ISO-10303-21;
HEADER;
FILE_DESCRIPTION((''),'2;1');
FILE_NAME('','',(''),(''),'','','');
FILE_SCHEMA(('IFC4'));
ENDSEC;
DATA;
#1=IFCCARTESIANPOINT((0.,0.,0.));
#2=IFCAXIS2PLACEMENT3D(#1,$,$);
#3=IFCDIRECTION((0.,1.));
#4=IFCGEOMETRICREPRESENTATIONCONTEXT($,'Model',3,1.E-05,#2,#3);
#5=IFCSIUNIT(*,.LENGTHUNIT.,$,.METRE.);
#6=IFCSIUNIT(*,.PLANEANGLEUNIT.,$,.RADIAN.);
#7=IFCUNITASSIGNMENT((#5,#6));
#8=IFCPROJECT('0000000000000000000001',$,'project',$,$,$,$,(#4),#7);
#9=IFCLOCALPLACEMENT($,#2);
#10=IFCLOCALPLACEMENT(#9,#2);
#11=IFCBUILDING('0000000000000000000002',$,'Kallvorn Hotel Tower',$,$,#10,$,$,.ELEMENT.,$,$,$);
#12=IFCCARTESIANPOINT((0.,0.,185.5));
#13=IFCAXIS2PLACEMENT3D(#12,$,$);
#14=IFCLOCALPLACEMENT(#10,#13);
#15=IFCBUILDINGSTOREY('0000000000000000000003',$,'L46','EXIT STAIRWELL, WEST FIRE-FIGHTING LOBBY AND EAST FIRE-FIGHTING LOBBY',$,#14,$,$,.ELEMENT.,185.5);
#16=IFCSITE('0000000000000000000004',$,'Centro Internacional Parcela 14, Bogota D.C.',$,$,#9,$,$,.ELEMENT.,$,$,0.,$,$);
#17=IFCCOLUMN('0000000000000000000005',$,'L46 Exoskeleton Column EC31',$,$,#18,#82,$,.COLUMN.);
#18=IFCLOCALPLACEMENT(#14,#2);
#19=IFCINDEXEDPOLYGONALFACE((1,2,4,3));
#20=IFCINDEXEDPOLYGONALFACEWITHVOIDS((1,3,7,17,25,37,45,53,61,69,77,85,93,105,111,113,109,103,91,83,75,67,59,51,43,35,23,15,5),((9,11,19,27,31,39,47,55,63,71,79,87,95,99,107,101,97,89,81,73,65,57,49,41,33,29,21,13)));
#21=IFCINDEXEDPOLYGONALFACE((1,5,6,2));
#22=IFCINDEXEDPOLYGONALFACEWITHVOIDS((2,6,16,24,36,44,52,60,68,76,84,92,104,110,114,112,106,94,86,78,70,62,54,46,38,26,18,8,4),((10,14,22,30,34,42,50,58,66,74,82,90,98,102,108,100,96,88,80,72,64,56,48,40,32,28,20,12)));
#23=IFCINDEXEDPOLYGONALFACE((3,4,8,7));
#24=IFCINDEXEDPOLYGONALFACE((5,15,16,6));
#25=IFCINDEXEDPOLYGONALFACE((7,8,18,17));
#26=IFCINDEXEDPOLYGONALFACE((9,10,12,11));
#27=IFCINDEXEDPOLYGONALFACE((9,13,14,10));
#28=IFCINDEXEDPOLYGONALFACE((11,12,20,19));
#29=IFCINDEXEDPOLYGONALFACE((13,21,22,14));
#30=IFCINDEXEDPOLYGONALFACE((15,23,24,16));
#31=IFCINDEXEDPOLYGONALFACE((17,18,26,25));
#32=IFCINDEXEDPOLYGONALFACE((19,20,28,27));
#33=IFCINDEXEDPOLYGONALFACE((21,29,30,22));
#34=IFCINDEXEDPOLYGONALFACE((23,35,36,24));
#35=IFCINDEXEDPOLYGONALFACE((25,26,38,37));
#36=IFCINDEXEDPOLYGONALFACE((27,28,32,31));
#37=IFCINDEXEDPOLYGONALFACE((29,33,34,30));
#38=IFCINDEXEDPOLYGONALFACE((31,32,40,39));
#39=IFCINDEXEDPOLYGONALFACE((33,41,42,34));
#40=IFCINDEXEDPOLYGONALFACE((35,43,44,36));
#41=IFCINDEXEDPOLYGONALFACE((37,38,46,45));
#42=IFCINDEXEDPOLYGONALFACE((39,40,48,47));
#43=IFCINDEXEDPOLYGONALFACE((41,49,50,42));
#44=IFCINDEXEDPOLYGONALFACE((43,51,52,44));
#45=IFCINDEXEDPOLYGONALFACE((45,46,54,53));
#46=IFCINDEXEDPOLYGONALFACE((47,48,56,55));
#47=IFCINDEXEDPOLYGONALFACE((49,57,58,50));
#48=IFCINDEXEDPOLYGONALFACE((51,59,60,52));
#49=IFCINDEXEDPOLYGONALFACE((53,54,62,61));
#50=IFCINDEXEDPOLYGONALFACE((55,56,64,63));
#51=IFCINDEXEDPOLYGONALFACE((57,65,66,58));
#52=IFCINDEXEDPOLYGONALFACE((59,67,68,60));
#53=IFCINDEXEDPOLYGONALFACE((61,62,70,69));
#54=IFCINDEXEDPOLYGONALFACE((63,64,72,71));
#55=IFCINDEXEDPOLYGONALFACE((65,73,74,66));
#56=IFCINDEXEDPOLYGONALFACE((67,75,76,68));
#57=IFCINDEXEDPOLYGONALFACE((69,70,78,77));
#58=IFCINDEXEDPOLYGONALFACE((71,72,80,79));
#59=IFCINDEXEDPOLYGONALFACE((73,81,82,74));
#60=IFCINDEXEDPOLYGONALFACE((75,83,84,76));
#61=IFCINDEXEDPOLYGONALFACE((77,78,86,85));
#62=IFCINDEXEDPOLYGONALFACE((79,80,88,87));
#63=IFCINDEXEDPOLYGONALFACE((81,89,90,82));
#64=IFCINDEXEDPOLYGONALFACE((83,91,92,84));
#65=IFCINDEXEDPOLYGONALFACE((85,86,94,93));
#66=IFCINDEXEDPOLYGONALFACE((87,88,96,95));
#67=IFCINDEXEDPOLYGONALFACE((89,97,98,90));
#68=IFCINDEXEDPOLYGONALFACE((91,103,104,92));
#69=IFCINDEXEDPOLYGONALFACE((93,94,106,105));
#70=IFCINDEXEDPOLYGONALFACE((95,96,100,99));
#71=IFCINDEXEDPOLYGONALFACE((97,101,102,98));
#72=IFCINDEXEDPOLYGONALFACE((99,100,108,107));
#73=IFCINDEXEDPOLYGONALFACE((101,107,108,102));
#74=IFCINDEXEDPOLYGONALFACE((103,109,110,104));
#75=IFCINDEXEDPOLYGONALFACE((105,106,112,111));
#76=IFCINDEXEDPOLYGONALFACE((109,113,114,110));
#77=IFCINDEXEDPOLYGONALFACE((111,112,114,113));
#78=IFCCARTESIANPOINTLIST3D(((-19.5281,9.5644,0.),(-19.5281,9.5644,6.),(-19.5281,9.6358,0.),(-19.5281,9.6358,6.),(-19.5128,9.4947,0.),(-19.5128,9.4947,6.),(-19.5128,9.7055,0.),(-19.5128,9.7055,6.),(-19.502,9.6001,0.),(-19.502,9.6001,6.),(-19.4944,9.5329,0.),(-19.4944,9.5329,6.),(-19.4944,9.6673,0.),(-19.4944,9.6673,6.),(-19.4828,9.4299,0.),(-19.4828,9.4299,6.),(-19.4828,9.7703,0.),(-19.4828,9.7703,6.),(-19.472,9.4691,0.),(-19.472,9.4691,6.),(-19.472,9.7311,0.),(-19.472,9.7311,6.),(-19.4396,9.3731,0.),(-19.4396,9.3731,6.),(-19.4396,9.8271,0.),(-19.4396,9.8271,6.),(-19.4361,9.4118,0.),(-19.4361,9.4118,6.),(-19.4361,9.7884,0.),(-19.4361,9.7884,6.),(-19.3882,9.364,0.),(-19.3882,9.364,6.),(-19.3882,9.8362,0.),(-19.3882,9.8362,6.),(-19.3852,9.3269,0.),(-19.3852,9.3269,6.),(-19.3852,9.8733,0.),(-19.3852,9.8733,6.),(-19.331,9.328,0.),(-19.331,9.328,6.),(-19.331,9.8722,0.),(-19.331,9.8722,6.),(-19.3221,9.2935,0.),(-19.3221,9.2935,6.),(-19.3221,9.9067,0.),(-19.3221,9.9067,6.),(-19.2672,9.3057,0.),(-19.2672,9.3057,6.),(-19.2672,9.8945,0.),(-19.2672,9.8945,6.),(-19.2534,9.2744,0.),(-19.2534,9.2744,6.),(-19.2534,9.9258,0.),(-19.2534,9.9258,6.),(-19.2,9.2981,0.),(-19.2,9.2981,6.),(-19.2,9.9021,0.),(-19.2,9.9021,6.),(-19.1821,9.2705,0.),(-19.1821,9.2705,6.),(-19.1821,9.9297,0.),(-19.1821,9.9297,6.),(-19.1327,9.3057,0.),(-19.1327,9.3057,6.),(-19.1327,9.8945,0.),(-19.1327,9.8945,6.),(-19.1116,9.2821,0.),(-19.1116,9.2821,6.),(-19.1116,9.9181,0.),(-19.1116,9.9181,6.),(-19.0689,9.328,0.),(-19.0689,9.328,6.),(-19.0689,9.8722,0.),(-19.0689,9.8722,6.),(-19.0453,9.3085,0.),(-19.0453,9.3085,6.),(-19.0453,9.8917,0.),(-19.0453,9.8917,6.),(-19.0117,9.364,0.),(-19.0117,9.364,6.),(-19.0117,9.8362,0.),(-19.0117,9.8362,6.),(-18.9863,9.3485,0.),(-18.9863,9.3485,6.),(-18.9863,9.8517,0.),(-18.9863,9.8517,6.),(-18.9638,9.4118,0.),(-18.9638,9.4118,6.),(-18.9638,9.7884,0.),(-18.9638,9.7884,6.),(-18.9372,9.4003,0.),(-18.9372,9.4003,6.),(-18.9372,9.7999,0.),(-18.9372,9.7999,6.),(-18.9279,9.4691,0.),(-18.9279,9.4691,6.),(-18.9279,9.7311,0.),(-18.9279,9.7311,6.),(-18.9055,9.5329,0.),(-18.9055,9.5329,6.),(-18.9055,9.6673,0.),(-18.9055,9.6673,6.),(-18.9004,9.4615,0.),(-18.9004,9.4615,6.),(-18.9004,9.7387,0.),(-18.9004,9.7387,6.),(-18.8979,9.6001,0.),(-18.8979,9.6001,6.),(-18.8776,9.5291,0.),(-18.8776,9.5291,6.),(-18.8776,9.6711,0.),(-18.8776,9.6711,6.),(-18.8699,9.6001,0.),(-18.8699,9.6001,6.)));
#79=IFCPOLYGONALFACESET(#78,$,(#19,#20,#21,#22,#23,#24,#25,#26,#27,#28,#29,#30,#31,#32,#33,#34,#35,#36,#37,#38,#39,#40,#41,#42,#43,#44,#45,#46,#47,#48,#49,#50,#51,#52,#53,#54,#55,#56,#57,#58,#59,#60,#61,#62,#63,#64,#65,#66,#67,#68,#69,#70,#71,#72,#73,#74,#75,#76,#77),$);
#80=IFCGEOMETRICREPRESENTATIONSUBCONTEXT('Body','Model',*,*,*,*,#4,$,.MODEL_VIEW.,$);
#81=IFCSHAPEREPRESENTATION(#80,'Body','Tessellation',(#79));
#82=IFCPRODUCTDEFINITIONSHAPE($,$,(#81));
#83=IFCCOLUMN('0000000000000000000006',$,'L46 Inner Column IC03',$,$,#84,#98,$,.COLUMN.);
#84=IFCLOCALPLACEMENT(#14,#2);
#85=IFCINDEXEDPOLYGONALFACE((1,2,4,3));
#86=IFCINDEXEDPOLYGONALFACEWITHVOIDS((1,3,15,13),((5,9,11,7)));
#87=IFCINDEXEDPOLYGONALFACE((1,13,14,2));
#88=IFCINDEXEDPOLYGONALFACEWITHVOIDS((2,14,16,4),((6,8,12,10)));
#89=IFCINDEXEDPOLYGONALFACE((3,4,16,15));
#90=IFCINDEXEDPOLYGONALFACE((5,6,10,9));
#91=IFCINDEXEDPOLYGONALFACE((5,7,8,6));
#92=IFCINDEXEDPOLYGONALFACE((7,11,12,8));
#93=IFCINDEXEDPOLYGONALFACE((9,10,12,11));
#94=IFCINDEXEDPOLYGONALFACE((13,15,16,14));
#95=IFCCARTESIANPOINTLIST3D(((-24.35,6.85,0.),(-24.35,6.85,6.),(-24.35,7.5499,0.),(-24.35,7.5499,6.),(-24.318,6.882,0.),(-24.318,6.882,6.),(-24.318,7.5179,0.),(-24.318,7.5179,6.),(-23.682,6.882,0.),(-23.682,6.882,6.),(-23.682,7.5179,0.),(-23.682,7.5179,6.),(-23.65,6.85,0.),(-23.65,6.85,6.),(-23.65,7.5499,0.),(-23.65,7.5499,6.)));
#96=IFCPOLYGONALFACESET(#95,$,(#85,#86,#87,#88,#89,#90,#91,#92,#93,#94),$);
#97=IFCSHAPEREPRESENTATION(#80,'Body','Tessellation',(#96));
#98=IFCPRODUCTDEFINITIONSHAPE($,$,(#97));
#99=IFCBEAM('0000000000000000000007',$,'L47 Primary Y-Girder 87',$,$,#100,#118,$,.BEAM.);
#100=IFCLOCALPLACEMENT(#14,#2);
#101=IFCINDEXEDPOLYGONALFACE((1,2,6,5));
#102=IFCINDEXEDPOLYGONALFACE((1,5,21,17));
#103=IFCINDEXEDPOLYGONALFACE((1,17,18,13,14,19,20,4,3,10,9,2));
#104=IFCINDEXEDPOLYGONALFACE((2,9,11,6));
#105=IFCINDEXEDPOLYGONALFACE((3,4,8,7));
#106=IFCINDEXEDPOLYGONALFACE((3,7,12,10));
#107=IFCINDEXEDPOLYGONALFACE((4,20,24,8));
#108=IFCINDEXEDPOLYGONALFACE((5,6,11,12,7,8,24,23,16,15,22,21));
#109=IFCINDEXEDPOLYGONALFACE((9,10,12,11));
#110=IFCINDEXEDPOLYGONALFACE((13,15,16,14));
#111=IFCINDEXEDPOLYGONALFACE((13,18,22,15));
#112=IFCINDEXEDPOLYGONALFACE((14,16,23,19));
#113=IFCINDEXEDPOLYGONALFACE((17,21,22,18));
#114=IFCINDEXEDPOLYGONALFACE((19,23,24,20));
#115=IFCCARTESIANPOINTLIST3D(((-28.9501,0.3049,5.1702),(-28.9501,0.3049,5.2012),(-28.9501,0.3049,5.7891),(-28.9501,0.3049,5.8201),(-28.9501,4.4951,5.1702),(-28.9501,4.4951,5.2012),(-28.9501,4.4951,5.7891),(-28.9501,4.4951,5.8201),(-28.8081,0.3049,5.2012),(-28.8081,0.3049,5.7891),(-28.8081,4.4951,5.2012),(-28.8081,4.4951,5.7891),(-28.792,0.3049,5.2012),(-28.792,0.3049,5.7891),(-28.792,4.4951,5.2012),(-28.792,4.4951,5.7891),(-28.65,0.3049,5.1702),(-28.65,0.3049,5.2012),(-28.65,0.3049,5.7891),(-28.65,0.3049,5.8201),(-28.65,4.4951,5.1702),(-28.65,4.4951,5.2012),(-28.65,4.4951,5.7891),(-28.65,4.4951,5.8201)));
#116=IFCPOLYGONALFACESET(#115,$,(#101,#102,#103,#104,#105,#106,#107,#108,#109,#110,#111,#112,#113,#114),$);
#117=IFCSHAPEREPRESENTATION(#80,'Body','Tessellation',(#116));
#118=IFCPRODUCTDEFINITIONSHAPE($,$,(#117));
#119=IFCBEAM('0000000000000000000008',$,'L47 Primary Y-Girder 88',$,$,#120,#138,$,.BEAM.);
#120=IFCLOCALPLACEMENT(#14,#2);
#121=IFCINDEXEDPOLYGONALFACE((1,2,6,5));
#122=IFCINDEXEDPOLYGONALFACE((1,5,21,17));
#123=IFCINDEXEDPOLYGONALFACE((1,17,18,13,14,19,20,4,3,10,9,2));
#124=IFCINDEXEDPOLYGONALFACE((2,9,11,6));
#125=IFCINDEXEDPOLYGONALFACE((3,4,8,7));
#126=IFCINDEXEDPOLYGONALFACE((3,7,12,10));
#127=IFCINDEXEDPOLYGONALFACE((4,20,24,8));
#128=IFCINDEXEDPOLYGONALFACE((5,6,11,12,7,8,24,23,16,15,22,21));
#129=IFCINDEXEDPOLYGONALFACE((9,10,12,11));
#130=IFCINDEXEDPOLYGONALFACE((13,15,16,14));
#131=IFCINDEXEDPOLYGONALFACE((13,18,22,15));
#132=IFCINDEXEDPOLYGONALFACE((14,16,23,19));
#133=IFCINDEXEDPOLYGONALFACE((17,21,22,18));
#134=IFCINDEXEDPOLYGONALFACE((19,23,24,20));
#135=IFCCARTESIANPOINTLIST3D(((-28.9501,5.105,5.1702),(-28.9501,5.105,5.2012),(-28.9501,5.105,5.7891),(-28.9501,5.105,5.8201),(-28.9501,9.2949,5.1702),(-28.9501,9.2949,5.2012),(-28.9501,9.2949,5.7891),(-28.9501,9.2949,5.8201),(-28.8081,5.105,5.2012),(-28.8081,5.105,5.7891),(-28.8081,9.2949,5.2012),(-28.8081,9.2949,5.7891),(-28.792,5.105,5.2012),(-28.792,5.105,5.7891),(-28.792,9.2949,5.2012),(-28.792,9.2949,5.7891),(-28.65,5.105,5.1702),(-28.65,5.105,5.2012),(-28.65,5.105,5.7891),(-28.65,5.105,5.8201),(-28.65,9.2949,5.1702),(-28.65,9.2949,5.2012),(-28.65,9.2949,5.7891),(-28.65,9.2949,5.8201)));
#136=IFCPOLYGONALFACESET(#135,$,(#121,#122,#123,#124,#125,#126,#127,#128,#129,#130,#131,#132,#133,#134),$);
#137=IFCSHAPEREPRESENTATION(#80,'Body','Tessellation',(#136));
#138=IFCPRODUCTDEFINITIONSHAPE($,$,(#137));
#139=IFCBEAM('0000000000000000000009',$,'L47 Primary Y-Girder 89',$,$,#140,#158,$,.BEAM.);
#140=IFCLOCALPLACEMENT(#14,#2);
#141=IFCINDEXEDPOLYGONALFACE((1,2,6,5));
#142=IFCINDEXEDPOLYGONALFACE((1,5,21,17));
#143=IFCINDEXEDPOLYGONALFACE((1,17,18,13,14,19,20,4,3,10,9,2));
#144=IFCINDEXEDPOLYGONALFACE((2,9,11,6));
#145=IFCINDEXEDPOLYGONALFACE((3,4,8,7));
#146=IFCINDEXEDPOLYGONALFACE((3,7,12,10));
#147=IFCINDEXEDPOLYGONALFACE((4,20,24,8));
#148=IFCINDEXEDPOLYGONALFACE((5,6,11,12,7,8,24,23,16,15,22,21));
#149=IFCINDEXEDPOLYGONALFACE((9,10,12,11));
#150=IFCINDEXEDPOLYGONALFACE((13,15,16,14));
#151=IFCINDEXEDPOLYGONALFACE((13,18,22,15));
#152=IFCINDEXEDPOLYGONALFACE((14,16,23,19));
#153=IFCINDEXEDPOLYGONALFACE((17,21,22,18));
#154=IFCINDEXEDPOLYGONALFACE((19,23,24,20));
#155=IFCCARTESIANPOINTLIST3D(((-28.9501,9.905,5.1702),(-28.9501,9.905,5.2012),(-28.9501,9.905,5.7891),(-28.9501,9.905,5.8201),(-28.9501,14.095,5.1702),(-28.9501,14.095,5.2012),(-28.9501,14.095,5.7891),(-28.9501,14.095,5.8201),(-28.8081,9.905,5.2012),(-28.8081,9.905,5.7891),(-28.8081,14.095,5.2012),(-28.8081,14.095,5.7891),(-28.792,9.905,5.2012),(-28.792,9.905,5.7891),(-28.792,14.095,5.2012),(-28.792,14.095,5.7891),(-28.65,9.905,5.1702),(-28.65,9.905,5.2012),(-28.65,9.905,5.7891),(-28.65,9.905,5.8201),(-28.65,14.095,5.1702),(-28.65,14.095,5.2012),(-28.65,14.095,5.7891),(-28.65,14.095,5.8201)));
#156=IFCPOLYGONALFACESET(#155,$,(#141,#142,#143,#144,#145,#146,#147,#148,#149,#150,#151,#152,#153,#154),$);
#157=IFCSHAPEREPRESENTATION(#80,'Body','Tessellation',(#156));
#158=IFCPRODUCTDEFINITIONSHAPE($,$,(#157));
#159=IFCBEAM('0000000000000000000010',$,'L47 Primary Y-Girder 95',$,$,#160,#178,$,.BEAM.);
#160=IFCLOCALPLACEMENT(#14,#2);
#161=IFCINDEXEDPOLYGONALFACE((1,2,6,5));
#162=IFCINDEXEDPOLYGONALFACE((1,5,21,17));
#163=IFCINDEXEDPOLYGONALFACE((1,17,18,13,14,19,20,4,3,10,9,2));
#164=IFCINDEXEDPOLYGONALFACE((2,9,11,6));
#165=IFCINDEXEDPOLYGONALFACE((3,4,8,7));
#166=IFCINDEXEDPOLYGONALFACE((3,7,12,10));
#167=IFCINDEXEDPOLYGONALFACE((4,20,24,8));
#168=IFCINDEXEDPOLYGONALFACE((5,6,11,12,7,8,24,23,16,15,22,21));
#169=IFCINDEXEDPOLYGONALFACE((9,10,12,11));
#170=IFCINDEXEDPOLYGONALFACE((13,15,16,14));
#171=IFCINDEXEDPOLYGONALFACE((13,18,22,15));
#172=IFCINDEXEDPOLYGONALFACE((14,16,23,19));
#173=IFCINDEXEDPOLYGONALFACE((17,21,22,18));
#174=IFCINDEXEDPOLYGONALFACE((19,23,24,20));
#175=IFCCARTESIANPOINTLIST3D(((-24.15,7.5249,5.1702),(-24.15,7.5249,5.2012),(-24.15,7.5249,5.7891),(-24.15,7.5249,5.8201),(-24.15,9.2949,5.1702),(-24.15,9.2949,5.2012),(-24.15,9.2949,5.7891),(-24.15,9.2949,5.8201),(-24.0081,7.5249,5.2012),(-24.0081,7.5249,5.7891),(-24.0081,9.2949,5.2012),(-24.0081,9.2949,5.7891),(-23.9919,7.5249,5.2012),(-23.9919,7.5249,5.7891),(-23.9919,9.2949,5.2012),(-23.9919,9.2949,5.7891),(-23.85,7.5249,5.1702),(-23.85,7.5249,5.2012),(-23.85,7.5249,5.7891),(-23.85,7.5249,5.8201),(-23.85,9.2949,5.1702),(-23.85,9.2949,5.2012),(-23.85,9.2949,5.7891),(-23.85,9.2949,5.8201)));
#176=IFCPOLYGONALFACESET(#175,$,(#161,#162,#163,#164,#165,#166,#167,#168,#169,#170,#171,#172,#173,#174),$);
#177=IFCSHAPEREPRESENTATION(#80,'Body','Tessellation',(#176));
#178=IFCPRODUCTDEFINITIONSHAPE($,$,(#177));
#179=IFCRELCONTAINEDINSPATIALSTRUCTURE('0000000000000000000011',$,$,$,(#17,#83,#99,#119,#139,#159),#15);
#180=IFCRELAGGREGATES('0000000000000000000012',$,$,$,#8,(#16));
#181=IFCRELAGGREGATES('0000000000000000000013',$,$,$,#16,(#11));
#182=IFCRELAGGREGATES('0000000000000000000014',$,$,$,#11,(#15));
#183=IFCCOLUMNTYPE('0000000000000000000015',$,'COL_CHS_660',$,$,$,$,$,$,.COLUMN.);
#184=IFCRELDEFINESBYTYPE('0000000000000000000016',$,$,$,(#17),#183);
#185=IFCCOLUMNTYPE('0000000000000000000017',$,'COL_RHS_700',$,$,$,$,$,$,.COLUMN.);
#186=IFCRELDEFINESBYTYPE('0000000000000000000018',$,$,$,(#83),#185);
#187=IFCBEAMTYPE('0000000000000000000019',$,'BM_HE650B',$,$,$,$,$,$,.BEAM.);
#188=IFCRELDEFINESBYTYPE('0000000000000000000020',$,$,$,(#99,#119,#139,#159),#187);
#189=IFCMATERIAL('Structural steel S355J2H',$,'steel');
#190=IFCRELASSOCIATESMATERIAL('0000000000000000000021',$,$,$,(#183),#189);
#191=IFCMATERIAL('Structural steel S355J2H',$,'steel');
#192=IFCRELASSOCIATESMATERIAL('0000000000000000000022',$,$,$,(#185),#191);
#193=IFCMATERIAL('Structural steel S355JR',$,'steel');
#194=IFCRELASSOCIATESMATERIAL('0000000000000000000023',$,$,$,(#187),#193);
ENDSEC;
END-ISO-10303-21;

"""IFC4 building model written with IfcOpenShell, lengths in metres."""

from ifc_helpers import new_model, si_unit, direction, frame, origin, origin_2d, place, context, subcontext, project, spatial, hollow_rectangle, hollow_circle, i_section, extrude, material, material_profile, profile_set, type_object, element, save


model = new_model("IFC4")

# Units and contexts
model_context = context("Model", 3, precision=1e-05, world=origin(), true_north=direction((0.0, 1.0)))
body_context = subcontext(model_context, "Body", "Model", "MODEL_VIEW")
ifc_project = project(units=[si_unit("LENGTHUNIT", "METRE"), si_unit("PLANEANGLEUNIT", "RADIAN")], contexts=[model_context])

# Site, building, storey
site_placement = place(None, origin())
site = spatial("IfcSite", under=ifc_project, at=site_placement, Name="Centro Internacional Parcela 14, Bogota D.C.", CompositionType="ELEMENT", RefElevation=0.0)
building_placement = place(site_placement, origin())
building = spatial("IfcBuilding", under=site, at=building_placement, Name="Kallvorn Hotel Tower", CompositionType="ELEMENT")
storey_placement = place(building_placement, frame((0.0, 0.0, 185.5)))
storey = spatial("IfcBuildingStorey", under=building, at=storey_placement, Name="L46", Description="EXIT STAIRWELL, WEST FIRE-FIGHTING LOBBY AND EAST FIRE-FIGHTING LOBBY", CompositionType="ELEMENT", Elevation=185.5)

# Columns
ifc_material_1 = material(Name="Structural steel S355J2H", Category="steel")
ifc_material_profile_1 = material_profile(ifc_material_1, hollow_circle(Radius=0.3301, WallThickness=0.0281, at=origin_2d()), Name="CHS 660x28")
ifc_profile_set_1 = profile_set([ifc_material_profile_1], Name="Structural steel S355J2H")
column_type_1 = type_object("IfcColumnType", Name="COL_CHS_660", PredefinedType="COLUMN", material=ifc_profile_set_1)
for number, where, z_axis, x_axis, name in (
    (1, (-19.2, 9.6001, 0.0), (0.0, 0.0, 1.0), (1.0, 0.0, 0.0), "L46 Exoskeleton Column EC31"),
):
    element("IfcColumn", number, at=place(storey_placement, frame(where, z_axis=z_axis, x_axis=x_axis)), inside=storey, type_object=column_type_1, Name=name, PredefinedType="COLUMN", context=body_context, shape_type="SweptSolid", body=[
        extrude(hollow_circle(Radius=0.3301, WallThickness=0.0281, at=origin_2d()), origin(), (0.0, 0.0, 1.0), 6.0),
    ])
ifc_material_2 = material(Name="Structural steel S355J2H", Category="steel")
ifc_material_profile_2 = material_profile(ifc_material_2, hollow_rectangle(XDim=0.7, YDim=0.7, WallThickness=0.032, at=origin_2d()), Name="RHS 700x700x32")
ifc_profile_set_2 = profile_set([ifc_material_profile_2], Name="Structural steel S355J2H")
column_type_2 = type_object("IfcColumnType", Name="COL_RHS_700", PredefinedType="COLUMN", material=ifc_profile_set_2)
column_placement = place(storey_placement, frame((-24.0, 7.2, 0.0), z_axis=(0.0, 0.0, 1.0), x_axis=(1.0, 0.0, 0.0)))
element("IfcColumn", 2, at=column_placement, inside=storey, type_object=column_type_2, Name="L46 Inner Column IC03", PredefinedType="COLUMN", context=body_context, shape_type="SweptSolid", body=[
    extrude(hollow_rectangle(XDim=0.7, YDim=0.7, WallThickness=0.032, at=origin_2d()), origin(), (0.0, 0.0, 1.0), 6.0),
])

# Beams
ifc_material_3 = material(Name="Structural steel S355JR", Category="steel")
ifc_material_profile_3 = material_profile(ifc_material_3, i_section(OverallWidth=0.3, OverallDepth=0.6499, WebThickness=0.0161, FlangeThickness=0.031, at=origin_2d()), Name="HE 650 B")
ifc_profile_set_3 = profile_set([ifc_material_profile_3], Name="Structural steel S355JR")
beam_type_1 = type_object("IfcBeamType", Name="BM_HE650B", PredefinedType="BEAM", material=ifc_profile_set_3)
beam_1_placement = place(storey_placement, frame((-28.8, 0.3049, 5.4951), z_axis=(0.0, 1.0, 0.0), x_axis=(-1.0, 0.0, 0.0)))
element("IfcBeam", 3, at=beam_1_placement, inside=storey, type_object=beam_type_1, Name="L47 Primary Y-Girder 87", PredefinedType="BEAM", context=body_context, shape_type="SweptSolid", body=[
    extrude(i_section(OverallWidth=0.3, OverallDepth=0.6499, WebThickness=0.0161, FlangeThickness=0.031, at=origin_2d()), origin(), (0.0, 0.0, 1.0), 4.1902),
])
for number, where, z_axis, x_axis, name in (
    (4, (-28.8, 5.105, 5.4951), (0.0, 1.0, 0.0), (-1.0, 0.0, 0.0), "L47 Primary Y-Girder 88"),
    (5, (-28.8, 9.905, 5.4951), (0.0, 1.0, 0.0), (-1.0, 0.0, 0.0), "L47 Primary Y-Girder 89"),
):
    element("IfcBeam", number, at=place(storey_placement, frame(where, z_axis=z_axis, x_axis=x_axis)), inside=storey, type_object=beam_type_1, Name=name, PredefinedType="BEAM", context=body_context, shape_type="SweptSolid", body=[
        extrude(i_section(OverallWidth=0.3, OverallDepth=0.6499, WebThickness=0.0161, FlangeThickness=0.031, at=origin_2d()), origin(), (0.0, 0.0, 1.0), 4.1899),
    ])
beam_2_placement = place(storey_placement, frame((-24.0, 7.5249, 5.4951), z_axis=(0.0, 1.0, 0.0), x_axis=(-1.0, 0.0, 0.0)))
element("IfcBeam", 6, at=beam_2_placement, inside=storey, type_object=beam_type_1, Name="L47 Primary Y-Girder 95", PredefinedType="BEAM", context=body_context, shape_type="SweptSolid", body=[
    extrude(i_section(OverallWidth=0.3, OverallDepth=0.6499, WebThickness=0.0161, FlangeThickness=0.031, at=origin_2d()), origin(), (0.0, 0.0, 1.0), 1.77),
])

save(model, "model.ifc")
